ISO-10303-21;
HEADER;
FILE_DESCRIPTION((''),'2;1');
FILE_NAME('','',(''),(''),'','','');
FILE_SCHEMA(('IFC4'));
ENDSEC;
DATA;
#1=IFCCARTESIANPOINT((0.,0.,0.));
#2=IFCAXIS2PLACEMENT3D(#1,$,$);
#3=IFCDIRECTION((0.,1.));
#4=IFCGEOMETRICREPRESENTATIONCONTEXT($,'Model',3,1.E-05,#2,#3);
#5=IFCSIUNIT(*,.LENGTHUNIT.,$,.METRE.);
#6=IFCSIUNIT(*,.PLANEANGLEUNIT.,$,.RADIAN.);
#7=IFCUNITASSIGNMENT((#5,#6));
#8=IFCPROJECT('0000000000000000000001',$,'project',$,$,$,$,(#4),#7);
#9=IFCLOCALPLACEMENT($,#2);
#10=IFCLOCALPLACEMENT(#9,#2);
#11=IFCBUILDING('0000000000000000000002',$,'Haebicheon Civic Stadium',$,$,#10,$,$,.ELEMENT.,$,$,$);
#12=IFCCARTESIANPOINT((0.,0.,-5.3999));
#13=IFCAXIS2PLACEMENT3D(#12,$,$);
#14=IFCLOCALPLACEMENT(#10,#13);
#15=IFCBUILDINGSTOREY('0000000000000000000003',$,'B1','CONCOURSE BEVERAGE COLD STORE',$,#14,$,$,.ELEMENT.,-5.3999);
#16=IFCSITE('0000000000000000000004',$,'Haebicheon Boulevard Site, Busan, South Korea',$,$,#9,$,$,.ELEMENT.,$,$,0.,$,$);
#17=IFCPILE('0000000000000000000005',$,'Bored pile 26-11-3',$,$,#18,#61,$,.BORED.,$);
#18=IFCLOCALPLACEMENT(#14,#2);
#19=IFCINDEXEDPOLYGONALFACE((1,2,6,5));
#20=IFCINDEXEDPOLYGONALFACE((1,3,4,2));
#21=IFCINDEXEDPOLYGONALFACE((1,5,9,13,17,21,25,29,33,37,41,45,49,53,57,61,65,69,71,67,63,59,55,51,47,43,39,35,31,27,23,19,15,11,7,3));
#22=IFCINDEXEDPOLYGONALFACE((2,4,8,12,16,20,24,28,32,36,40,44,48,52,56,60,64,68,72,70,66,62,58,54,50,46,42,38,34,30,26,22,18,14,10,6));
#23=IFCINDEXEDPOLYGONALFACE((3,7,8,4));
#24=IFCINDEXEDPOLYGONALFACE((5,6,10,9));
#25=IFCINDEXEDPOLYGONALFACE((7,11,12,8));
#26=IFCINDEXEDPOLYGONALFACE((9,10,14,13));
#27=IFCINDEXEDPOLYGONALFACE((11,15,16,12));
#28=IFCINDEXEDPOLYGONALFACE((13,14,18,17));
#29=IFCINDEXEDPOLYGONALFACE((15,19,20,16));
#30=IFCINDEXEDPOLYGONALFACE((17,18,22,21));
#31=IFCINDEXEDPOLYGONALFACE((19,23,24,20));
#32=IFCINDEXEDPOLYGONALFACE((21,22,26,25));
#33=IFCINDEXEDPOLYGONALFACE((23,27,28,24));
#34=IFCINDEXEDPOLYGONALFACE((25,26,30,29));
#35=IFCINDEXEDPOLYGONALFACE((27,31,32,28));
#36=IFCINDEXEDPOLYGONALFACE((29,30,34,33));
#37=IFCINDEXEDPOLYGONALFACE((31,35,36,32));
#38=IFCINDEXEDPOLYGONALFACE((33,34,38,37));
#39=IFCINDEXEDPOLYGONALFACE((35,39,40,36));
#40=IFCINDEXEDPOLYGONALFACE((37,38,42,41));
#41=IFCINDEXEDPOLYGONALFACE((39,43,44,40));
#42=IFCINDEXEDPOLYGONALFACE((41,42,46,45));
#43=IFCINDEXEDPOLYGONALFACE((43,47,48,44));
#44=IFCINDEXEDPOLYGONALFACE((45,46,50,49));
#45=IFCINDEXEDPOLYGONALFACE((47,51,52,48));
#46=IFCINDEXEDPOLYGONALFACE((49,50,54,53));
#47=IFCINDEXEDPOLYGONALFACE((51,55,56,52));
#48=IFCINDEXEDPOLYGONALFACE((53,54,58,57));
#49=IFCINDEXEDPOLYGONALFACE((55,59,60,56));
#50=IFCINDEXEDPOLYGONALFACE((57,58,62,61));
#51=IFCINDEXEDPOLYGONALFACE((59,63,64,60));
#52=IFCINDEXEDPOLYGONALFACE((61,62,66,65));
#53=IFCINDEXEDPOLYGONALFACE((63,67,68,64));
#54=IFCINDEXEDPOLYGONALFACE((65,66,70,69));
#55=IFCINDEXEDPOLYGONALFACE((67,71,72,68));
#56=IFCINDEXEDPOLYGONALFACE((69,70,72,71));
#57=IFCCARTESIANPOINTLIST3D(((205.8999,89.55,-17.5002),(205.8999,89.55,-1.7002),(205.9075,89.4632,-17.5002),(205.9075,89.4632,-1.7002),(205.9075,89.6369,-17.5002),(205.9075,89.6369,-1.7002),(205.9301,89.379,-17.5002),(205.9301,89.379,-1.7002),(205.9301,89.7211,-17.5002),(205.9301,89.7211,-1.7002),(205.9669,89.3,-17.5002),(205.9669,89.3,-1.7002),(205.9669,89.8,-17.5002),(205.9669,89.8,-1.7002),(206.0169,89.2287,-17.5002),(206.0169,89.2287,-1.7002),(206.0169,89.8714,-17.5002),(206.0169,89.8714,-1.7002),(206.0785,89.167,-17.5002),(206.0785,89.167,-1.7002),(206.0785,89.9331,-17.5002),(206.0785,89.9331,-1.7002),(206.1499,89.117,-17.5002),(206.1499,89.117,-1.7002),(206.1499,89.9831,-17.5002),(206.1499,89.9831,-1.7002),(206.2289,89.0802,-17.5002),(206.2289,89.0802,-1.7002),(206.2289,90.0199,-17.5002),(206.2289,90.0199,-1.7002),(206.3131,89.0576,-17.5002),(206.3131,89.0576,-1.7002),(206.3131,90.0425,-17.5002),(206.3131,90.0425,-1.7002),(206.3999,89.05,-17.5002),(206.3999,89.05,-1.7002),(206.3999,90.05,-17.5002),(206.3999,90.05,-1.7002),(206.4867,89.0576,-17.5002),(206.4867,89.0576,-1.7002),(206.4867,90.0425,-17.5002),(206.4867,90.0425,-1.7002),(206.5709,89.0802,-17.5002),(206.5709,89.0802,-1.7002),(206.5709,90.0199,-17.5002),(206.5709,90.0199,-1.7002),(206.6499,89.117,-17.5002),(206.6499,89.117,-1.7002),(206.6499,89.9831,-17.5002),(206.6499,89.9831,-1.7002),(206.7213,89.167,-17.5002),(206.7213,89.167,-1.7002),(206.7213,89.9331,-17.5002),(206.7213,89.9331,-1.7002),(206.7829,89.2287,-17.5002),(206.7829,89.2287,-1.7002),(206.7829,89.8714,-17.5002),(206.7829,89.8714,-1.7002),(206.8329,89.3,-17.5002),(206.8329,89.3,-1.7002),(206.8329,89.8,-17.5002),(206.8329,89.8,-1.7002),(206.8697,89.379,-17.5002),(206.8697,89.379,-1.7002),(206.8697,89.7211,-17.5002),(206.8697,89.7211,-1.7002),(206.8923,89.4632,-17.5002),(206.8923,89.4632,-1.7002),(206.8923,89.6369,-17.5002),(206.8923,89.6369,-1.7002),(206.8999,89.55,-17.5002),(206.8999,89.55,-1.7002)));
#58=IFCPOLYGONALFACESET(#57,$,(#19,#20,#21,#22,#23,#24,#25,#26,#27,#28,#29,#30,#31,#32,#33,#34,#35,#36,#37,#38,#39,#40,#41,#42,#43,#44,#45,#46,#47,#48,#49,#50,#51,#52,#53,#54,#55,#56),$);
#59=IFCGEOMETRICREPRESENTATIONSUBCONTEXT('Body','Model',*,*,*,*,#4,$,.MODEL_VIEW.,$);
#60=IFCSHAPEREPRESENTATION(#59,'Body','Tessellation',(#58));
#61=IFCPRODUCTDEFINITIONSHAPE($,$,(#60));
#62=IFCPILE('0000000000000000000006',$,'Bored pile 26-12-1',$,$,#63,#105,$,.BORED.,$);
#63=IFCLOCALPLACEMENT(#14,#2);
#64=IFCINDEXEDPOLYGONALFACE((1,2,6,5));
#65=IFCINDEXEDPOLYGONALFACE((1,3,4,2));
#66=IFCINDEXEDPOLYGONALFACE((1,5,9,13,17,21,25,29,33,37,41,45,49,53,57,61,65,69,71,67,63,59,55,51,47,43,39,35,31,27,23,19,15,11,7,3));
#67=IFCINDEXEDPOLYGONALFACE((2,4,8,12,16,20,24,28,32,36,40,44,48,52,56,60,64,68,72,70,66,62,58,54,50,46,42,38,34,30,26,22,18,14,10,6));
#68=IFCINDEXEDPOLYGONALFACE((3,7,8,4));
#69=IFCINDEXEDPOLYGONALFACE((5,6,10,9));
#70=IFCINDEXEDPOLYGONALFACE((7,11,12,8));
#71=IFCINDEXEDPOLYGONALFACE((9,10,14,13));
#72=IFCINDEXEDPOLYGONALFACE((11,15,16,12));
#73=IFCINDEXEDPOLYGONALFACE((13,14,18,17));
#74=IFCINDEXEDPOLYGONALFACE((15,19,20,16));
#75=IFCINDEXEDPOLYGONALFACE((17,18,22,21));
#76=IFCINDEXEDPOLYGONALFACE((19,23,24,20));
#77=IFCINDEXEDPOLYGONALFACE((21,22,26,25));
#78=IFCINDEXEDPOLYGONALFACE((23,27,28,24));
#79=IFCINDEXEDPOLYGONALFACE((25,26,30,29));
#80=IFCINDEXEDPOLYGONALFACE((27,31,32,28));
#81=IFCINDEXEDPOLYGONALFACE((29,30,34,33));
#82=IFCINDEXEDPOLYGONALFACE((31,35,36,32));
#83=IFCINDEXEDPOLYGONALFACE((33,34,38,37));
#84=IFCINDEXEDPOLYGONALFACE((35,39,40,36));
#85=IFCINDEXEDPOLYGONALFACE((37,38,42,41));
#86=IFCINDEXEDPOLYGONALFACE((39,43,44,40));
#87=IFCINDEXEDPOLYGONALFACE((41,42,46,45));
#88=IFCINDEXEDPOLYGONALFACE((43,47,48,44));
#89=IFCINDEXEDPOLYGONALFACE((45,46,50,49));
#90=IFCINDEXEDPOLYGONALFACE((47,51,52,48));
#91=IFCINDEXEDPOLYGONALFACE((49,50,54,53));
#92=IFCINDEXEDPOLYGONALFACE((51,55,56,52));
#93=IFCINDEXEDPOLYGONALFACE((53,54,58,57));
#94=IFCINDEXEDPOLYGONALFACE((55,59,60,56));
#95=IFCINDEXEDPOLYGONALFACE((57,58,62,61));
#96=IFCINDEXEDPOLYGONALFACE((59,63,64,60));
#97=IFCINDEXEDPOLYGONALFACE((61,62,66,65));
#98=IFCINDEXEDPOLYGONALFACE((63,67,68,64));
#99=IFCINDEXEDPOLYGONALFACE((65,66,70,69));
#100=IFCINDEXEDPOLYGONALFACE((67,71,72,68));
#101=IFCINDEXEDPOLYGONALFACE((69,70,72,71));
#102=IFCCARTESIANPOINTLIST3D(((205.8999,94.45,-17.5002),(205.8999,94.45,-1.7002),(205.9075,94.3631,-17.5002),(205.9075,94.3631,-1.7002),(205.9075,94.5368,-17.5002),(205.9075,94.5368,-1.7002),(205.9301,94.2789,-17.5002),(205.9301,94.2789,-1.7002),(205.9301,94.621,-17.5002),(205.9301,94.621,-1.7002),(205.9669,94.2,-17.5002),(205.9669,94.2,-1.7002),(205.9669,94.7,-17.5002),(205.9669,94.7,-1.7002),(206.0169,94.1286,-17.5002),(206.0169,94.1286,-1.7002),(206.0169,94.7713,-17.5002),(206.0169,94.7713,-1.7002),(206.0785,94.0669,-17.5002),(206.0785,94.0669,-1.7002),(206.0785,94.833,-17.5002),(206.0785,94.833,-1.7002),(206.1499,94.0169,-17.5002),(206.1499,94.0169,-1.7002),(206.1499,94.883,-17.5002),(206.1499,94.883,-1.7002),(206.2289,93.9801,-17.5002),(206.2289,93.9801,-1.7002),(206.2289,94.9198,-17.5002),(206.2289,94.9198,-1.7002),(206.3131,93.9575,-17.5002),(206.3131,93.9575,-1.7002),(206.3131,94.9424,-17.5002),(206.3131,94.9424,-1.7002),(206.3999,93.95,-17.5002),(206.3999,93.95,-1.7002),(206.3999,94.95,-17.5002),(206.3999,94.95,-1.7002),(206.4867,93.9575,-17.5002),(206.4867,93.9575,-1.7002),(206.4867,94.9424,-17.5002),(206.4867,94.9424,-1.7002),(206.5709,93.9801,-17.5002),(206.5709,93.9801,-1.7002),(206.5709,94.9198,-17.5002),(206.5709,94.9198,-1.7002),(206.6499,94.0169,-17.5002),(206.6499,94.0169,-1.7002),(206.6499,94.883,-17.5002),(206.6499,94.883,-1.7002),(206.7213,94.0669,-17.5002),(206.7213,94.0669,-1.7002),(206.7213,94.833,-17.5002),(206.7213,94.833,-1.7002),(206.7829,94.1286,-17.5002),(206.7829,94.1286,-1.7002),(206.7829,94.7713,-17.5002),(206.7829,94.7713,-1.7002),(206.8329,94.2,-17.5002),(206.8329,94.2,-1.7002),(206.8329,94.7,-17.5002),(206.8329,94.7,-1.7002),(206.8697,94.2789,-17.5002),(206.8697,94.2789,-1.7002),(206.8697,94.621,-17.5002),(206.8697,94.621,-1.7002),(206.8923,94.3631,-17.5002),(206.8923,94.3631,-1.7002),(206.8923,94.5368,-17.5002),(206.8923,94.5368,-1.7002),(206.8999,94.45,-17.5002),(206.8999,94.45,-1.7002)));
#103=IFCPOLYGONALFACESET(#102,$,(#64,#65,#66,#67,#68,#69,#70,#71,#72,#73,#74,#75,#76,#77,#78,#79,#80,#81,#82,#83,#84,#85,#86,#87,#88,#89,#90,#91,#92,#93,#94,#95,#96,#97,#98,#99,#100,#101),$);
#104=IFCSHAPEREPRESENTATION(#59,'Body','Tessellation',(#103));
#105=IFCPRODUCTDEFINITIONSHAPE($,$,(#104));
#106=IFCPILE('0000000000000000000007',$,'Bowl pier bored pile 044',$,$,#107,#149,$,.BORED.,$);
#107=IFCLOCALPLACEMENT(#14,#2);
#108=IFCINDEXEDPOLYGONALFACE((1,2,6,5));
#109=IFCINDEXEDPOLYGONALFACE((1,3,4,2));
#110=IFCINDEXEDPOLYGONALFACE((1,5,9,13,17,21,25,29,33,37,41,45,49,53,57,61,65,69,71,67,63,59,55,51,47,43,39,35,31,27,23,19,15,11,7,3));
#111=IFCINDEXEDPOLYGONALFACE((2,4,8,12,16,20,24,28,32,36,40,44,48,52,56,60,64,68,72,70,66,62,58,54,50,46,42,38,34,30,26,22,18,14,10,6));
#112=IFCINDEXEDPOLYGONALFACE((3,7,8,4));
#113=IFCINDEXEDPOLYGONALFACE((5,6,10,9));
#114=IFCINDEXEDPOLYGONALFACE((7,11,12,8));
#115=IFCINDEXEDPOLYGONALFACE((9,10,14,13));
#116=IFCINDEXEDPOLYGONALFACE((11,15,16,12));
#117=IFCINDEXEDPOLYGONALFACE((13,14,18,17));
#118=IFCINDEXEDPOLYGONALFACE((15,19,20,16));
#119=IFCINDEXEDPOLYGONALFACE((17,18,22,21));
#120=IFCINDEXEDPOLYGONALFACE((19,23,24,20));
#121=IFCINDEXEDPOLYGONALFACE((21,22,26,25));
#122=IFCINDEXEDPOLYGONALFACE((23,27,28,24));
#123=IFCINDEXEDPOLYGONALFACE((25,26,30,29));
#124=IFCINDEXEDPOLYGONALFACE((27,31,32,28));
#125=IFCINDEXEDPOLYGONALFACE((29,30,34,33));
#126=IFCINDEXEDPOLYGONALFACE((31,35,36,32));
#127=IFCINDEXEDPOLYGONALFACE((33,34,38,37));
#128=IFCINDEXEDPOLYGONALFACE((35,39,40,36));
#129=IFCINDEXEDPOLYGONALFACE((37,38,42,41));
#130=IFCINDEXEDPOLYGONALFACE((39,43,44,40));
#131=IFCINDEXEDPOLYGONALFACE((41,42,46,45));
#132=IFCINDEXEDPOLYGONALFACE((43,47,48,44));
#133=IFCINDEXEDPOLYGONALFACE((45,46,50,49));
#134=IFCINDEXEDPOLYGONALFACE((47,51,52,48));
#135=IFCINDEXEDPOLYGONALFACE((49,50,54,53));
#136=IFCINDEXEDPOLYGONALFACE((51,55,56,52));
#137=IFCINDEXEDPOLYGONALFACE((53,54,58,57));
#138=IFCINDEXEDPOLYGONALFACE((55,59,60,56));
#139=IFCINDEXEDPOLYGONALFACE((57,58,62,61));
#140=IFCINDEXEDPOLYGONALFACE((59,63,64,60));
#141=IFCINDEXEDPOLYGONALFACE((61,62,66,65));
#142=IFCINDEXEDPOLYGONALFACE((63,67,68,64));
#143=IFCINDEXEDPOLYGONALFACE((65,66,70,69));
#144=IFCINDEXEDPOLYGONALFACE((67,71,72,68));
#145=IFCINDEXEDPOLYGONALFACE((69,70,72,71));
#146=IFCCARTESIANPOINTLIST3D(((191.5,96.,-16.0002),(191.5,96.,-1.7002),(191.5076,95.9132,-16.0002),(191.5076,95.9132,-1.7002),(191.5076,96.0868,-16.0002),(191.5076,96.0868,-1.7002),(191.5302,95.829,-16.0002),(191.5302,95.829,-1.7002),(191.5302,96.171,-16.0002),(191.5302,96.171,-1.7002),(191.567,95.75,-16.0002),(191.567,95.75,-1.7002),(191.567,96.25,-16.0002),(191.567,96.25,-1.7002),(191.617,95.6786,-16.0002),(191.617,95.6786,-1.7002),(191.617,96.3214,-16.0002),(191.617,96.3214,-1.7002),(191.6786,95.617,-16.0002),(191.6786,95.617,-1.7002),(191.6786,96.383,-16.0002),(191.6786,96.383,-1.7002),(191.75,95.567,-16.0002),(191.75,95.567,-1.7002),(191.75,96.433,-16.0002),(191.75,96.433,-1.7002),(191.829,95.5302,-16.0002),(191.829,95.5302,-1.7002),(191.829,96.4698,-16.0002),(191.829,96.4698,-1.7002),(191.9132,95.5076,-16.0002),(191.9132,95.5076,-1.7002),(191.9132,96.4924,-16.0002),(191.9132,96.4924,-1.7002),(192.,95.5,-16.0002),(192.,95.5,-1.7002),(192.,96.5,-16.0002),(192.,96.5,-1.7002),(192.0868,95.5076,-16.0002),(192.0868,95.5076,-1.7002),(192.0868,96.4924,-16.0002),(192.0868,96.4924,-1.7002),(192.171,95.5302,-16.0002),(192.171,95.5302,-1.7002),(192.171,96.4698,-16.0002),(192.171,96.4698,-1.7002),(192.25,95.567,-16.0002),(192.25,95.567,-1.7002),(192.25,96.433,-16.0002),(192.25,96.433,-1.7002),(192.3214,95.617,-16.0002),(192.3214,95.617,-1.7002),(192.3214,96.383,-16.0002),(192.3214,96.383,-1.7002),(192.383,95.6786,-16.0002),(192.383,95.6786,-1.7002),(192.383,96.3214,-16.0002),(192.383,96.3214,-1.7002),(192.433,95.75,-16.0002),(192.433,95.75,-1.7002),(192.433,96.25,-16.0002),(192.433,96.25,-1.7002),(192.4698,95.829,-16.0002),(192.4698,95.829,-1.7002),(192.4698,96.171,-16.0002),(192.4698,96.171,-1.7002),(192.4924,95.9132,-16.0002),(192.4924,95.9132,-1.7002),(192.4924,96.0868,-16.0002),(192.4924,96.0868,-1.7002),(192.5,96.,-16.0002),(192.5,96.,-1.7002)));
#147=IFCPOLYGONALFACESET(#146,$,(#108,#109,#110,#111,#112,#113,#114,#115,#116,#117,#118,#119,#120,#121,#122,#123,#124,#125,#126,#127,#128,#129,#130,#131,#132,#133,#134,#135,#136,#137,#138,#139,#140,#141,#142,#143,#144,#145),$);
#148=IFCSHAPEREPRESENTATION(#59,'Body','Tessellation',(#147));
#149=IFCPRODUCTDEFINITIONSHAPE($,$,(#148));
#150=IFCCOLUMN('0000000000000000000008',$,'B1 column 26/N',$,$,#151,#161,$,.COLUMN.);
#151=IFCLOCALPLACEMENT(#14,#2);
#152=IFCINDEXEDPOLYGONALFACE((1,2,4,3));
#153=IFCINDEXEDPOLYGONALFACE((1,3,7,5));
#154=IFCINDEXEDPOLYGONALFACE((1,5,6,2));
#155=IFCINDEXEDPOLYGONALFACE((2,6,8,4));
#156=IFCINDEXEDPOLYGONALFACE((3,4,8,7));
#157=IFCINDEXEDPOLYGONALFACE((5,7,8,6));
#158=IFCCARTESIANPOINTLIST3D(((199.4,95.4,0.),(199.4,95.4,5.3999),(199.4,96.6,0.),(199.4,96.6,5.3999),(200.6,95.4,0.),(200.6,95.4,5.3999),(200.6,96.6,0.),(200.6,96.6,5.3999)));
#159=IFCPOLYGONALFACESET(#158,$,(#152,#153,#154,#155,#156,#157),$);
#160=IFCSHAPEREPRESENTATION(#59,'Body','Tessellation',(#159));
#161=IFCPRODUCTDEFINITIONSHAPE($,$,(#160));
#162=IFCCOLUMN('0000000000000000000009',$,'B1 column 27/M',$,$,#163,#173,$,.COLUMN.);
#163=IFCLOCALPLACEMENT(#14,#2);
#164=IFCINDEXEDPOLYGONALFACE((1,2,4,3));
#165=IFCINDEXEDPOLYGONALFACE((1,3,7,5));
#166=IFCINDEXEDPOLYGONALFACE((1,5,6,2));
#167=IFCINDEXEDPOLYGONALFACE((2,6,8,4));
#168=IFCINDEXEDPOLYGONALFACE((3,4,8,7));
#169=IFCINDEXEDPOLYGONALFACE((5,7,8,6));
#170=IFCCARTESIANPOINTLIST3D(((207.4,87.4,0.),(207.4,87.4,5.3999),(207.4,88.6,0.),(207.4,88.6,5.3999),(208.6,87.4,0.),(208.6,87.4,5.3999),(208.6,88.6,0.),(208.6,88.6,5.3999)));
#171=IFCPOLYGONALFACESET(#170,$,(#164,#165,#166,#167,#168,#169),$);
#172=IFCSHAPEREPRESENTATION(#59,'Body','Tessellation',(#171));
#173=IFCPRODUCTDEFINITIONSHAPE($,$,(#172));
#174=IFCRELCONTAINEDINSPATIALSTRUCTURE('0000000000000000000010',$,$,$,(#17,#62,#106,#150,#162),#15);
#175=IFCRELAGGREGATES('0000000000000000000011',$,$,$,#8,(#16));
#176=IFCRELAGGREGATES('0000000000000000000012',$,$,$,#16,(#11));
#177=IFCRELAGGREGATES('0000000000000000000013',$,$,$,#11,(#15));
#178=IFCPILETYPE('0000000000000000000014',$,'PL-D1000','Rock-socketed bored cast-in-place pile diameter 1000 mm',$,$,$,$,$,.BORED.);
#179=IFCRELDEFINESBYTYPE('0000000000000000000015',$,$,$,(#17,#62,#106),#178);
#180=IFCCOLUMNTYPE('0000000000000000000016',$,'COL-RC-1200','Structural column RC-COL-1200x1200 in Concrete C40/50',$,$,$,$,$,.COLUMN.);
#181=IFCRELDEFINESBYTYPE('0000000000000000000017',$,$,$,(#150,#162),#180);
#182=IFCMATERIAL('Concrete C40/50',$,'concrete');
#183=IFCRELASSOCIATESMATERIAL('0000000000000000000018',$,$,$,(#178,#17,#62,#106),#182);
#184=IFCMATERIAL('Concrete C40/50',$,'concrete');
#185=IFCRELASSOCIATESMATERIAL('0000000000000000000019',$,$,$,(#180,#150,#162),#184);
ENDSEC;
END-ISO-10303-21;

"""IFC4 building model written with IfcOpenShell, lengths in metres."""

from ifc_helpers import new_model, si_unit, direction, frame, origin, origin_2d, place, context, subcontext, project, spatial, rectangle, circle, extrude, material, material_profile, profile_set, type_object, element, save


model = new_model("IFC4")

# Units and contexts
model_context = context("Model", 3, precision=1e-05, world=origin(), true_north=direction((0.0, 1.0)))
body_context = subcontext(model_context, "Body", "Model", "MODEL_VIEW")
ifc_project = project(units=[si_unit("LENGTHUNIT", "METRE"), si_unit("PLANEANGLEUNIT", "RADIAN")], contexts=[model_context])

# Site, building, storey
site_placement = place(None, origin())
site = spatial("IfcSite", under=ifc_project, at=site_placement, Name="Haebicheon Boulevard Site, Busan, South Korea", CompositionType="ELEMENT", RefElevation=0.0)
building_placement = place(site_placement, origin())
building = spatial("IfcBuilding", under=site, at=building_placement, Name="Haebicheon Civic Stadium", CompositionType="ELEMENT")
storey_placement = place(building_placement, frame((0.0, 0.0, -5.3999)))
storey = spatial("IfcBuildingStorey", under=building, at=storey_placement, Name="B1", Description="CONCOURSE BEVERAGE COLD STORE", CompositionType="ELEMENT", Elevation=-5.3999)

# Piles
ifc_material_1 = material(Name="Concrete C40/50", Category="concrete")
ifc_material_profile_1 = material_profile(ifc_material_1, circle(Radius=0.5, at=origin_2d()), Name="PILE-D1000")
ifc_profile_set_1 = profile_set([ifc_material_profile_1], Name="Concrete C40/50")
pile_type = type_object("IfcPileType", Name="PL-D1000", Description="Rock-socketed bored cast-in-place pile diameter 1000 mm", PredefinedType="BORED", material=ifc_profile_set_1)
for number, where, z_axis, x_axis, name in (
    (1, (206.3999, 89.55, -1.7002), (0.0, 0.0, -1.0), (1.0, 0.0, 0.0), "Bored pile 26-11-3"),
    (2, (206.3999, 94.45, -1.7002), (0.0, 0.0, -1.0), (1.0, 0.0, 0.0), "Bored pile 26-12-1"),
):
    element("IfcPile", number, at=place(storey_placement, frame(where, z_axis=z_axis, x_axis=x_axis)), inside=storey, type_object=pile_type, material=ifc_profile_set_1, Name=name, PredefinedType="BORED", context=body_context, shape_type="SweptSolid", body=[
        extrude(circle(Radius=0.5, at=origin_2d()), origin(), (0.0, 0.0, 1.0), 15.8),
    ])
pile_placement = place(storey_placement, frame((192.0, 96.0, -1.7002), z_axis=(0.0, 0.0, -1.0), x_axis=(1.0, 0.0, 0.0)))
element("IfcPile", 3, at=pile_placement, inside=storey, type_object=pile_type, material=ifc_profile_set_1, Name="Bowl pier bored pile 044", PredefinedType="BORED", context=body_context, shape_type="SweptSolid", body=[
    extrude(circle(Radius=0.5, at=origin_2d()), origin(), (0.0, 0.0, 1.0), 14.3),
])

# Columns
ifc_material_2 = material(Name="Concrete C40/50", Category="concrete")
ifc_material_profile_2 = material_profile(ifc_material_2, rectangle(XDim=1.2, YDim=1.2, at=origin_2d()), Name="RC-COL-1200x1200")
ifc_profile_set_2 = profile_set([ifc_material_profile_2], Name="Concrete C40/50")
column_type_1 = type_object("IfcColumnType", Name="COL-RC-1200", Description="Structural column RC-COL-1200x1200 in Concrete C40/50", PredefinedType="COLUMN", material=ifc_profile_set_2)
for number, where, z_axis, x_axis, name in (
    (4, (200.0, 96.0, 0.0), (0.0, 0.0, 1.0), (1.0, 0.0, 0.0), "B1 column 26/N"),
    (5, (208.0, 88.0, 0.0), (0.0, 0.0, 1.0), (1.0, 0.0, 0.0), "B1 column 27/M"),
):
    element("IfcColumn", number, at=place(storey_placement, frame(where, z_axis=z_axis, x_axis=x_axis)), inside=storey, type_object=column_type_1, material=ifc_profile_set_2, Name=name, PredefinedType="COLUMN", context=body_context, shape_type="SweptSolid", body=[
        extrude(rectangle(XDim=1.2, YDim=1.2, at=origin_2d()), origin(), (0.0, 0.0, 1.0), 5.3999),
    ])

save(model, "model.ifc")
